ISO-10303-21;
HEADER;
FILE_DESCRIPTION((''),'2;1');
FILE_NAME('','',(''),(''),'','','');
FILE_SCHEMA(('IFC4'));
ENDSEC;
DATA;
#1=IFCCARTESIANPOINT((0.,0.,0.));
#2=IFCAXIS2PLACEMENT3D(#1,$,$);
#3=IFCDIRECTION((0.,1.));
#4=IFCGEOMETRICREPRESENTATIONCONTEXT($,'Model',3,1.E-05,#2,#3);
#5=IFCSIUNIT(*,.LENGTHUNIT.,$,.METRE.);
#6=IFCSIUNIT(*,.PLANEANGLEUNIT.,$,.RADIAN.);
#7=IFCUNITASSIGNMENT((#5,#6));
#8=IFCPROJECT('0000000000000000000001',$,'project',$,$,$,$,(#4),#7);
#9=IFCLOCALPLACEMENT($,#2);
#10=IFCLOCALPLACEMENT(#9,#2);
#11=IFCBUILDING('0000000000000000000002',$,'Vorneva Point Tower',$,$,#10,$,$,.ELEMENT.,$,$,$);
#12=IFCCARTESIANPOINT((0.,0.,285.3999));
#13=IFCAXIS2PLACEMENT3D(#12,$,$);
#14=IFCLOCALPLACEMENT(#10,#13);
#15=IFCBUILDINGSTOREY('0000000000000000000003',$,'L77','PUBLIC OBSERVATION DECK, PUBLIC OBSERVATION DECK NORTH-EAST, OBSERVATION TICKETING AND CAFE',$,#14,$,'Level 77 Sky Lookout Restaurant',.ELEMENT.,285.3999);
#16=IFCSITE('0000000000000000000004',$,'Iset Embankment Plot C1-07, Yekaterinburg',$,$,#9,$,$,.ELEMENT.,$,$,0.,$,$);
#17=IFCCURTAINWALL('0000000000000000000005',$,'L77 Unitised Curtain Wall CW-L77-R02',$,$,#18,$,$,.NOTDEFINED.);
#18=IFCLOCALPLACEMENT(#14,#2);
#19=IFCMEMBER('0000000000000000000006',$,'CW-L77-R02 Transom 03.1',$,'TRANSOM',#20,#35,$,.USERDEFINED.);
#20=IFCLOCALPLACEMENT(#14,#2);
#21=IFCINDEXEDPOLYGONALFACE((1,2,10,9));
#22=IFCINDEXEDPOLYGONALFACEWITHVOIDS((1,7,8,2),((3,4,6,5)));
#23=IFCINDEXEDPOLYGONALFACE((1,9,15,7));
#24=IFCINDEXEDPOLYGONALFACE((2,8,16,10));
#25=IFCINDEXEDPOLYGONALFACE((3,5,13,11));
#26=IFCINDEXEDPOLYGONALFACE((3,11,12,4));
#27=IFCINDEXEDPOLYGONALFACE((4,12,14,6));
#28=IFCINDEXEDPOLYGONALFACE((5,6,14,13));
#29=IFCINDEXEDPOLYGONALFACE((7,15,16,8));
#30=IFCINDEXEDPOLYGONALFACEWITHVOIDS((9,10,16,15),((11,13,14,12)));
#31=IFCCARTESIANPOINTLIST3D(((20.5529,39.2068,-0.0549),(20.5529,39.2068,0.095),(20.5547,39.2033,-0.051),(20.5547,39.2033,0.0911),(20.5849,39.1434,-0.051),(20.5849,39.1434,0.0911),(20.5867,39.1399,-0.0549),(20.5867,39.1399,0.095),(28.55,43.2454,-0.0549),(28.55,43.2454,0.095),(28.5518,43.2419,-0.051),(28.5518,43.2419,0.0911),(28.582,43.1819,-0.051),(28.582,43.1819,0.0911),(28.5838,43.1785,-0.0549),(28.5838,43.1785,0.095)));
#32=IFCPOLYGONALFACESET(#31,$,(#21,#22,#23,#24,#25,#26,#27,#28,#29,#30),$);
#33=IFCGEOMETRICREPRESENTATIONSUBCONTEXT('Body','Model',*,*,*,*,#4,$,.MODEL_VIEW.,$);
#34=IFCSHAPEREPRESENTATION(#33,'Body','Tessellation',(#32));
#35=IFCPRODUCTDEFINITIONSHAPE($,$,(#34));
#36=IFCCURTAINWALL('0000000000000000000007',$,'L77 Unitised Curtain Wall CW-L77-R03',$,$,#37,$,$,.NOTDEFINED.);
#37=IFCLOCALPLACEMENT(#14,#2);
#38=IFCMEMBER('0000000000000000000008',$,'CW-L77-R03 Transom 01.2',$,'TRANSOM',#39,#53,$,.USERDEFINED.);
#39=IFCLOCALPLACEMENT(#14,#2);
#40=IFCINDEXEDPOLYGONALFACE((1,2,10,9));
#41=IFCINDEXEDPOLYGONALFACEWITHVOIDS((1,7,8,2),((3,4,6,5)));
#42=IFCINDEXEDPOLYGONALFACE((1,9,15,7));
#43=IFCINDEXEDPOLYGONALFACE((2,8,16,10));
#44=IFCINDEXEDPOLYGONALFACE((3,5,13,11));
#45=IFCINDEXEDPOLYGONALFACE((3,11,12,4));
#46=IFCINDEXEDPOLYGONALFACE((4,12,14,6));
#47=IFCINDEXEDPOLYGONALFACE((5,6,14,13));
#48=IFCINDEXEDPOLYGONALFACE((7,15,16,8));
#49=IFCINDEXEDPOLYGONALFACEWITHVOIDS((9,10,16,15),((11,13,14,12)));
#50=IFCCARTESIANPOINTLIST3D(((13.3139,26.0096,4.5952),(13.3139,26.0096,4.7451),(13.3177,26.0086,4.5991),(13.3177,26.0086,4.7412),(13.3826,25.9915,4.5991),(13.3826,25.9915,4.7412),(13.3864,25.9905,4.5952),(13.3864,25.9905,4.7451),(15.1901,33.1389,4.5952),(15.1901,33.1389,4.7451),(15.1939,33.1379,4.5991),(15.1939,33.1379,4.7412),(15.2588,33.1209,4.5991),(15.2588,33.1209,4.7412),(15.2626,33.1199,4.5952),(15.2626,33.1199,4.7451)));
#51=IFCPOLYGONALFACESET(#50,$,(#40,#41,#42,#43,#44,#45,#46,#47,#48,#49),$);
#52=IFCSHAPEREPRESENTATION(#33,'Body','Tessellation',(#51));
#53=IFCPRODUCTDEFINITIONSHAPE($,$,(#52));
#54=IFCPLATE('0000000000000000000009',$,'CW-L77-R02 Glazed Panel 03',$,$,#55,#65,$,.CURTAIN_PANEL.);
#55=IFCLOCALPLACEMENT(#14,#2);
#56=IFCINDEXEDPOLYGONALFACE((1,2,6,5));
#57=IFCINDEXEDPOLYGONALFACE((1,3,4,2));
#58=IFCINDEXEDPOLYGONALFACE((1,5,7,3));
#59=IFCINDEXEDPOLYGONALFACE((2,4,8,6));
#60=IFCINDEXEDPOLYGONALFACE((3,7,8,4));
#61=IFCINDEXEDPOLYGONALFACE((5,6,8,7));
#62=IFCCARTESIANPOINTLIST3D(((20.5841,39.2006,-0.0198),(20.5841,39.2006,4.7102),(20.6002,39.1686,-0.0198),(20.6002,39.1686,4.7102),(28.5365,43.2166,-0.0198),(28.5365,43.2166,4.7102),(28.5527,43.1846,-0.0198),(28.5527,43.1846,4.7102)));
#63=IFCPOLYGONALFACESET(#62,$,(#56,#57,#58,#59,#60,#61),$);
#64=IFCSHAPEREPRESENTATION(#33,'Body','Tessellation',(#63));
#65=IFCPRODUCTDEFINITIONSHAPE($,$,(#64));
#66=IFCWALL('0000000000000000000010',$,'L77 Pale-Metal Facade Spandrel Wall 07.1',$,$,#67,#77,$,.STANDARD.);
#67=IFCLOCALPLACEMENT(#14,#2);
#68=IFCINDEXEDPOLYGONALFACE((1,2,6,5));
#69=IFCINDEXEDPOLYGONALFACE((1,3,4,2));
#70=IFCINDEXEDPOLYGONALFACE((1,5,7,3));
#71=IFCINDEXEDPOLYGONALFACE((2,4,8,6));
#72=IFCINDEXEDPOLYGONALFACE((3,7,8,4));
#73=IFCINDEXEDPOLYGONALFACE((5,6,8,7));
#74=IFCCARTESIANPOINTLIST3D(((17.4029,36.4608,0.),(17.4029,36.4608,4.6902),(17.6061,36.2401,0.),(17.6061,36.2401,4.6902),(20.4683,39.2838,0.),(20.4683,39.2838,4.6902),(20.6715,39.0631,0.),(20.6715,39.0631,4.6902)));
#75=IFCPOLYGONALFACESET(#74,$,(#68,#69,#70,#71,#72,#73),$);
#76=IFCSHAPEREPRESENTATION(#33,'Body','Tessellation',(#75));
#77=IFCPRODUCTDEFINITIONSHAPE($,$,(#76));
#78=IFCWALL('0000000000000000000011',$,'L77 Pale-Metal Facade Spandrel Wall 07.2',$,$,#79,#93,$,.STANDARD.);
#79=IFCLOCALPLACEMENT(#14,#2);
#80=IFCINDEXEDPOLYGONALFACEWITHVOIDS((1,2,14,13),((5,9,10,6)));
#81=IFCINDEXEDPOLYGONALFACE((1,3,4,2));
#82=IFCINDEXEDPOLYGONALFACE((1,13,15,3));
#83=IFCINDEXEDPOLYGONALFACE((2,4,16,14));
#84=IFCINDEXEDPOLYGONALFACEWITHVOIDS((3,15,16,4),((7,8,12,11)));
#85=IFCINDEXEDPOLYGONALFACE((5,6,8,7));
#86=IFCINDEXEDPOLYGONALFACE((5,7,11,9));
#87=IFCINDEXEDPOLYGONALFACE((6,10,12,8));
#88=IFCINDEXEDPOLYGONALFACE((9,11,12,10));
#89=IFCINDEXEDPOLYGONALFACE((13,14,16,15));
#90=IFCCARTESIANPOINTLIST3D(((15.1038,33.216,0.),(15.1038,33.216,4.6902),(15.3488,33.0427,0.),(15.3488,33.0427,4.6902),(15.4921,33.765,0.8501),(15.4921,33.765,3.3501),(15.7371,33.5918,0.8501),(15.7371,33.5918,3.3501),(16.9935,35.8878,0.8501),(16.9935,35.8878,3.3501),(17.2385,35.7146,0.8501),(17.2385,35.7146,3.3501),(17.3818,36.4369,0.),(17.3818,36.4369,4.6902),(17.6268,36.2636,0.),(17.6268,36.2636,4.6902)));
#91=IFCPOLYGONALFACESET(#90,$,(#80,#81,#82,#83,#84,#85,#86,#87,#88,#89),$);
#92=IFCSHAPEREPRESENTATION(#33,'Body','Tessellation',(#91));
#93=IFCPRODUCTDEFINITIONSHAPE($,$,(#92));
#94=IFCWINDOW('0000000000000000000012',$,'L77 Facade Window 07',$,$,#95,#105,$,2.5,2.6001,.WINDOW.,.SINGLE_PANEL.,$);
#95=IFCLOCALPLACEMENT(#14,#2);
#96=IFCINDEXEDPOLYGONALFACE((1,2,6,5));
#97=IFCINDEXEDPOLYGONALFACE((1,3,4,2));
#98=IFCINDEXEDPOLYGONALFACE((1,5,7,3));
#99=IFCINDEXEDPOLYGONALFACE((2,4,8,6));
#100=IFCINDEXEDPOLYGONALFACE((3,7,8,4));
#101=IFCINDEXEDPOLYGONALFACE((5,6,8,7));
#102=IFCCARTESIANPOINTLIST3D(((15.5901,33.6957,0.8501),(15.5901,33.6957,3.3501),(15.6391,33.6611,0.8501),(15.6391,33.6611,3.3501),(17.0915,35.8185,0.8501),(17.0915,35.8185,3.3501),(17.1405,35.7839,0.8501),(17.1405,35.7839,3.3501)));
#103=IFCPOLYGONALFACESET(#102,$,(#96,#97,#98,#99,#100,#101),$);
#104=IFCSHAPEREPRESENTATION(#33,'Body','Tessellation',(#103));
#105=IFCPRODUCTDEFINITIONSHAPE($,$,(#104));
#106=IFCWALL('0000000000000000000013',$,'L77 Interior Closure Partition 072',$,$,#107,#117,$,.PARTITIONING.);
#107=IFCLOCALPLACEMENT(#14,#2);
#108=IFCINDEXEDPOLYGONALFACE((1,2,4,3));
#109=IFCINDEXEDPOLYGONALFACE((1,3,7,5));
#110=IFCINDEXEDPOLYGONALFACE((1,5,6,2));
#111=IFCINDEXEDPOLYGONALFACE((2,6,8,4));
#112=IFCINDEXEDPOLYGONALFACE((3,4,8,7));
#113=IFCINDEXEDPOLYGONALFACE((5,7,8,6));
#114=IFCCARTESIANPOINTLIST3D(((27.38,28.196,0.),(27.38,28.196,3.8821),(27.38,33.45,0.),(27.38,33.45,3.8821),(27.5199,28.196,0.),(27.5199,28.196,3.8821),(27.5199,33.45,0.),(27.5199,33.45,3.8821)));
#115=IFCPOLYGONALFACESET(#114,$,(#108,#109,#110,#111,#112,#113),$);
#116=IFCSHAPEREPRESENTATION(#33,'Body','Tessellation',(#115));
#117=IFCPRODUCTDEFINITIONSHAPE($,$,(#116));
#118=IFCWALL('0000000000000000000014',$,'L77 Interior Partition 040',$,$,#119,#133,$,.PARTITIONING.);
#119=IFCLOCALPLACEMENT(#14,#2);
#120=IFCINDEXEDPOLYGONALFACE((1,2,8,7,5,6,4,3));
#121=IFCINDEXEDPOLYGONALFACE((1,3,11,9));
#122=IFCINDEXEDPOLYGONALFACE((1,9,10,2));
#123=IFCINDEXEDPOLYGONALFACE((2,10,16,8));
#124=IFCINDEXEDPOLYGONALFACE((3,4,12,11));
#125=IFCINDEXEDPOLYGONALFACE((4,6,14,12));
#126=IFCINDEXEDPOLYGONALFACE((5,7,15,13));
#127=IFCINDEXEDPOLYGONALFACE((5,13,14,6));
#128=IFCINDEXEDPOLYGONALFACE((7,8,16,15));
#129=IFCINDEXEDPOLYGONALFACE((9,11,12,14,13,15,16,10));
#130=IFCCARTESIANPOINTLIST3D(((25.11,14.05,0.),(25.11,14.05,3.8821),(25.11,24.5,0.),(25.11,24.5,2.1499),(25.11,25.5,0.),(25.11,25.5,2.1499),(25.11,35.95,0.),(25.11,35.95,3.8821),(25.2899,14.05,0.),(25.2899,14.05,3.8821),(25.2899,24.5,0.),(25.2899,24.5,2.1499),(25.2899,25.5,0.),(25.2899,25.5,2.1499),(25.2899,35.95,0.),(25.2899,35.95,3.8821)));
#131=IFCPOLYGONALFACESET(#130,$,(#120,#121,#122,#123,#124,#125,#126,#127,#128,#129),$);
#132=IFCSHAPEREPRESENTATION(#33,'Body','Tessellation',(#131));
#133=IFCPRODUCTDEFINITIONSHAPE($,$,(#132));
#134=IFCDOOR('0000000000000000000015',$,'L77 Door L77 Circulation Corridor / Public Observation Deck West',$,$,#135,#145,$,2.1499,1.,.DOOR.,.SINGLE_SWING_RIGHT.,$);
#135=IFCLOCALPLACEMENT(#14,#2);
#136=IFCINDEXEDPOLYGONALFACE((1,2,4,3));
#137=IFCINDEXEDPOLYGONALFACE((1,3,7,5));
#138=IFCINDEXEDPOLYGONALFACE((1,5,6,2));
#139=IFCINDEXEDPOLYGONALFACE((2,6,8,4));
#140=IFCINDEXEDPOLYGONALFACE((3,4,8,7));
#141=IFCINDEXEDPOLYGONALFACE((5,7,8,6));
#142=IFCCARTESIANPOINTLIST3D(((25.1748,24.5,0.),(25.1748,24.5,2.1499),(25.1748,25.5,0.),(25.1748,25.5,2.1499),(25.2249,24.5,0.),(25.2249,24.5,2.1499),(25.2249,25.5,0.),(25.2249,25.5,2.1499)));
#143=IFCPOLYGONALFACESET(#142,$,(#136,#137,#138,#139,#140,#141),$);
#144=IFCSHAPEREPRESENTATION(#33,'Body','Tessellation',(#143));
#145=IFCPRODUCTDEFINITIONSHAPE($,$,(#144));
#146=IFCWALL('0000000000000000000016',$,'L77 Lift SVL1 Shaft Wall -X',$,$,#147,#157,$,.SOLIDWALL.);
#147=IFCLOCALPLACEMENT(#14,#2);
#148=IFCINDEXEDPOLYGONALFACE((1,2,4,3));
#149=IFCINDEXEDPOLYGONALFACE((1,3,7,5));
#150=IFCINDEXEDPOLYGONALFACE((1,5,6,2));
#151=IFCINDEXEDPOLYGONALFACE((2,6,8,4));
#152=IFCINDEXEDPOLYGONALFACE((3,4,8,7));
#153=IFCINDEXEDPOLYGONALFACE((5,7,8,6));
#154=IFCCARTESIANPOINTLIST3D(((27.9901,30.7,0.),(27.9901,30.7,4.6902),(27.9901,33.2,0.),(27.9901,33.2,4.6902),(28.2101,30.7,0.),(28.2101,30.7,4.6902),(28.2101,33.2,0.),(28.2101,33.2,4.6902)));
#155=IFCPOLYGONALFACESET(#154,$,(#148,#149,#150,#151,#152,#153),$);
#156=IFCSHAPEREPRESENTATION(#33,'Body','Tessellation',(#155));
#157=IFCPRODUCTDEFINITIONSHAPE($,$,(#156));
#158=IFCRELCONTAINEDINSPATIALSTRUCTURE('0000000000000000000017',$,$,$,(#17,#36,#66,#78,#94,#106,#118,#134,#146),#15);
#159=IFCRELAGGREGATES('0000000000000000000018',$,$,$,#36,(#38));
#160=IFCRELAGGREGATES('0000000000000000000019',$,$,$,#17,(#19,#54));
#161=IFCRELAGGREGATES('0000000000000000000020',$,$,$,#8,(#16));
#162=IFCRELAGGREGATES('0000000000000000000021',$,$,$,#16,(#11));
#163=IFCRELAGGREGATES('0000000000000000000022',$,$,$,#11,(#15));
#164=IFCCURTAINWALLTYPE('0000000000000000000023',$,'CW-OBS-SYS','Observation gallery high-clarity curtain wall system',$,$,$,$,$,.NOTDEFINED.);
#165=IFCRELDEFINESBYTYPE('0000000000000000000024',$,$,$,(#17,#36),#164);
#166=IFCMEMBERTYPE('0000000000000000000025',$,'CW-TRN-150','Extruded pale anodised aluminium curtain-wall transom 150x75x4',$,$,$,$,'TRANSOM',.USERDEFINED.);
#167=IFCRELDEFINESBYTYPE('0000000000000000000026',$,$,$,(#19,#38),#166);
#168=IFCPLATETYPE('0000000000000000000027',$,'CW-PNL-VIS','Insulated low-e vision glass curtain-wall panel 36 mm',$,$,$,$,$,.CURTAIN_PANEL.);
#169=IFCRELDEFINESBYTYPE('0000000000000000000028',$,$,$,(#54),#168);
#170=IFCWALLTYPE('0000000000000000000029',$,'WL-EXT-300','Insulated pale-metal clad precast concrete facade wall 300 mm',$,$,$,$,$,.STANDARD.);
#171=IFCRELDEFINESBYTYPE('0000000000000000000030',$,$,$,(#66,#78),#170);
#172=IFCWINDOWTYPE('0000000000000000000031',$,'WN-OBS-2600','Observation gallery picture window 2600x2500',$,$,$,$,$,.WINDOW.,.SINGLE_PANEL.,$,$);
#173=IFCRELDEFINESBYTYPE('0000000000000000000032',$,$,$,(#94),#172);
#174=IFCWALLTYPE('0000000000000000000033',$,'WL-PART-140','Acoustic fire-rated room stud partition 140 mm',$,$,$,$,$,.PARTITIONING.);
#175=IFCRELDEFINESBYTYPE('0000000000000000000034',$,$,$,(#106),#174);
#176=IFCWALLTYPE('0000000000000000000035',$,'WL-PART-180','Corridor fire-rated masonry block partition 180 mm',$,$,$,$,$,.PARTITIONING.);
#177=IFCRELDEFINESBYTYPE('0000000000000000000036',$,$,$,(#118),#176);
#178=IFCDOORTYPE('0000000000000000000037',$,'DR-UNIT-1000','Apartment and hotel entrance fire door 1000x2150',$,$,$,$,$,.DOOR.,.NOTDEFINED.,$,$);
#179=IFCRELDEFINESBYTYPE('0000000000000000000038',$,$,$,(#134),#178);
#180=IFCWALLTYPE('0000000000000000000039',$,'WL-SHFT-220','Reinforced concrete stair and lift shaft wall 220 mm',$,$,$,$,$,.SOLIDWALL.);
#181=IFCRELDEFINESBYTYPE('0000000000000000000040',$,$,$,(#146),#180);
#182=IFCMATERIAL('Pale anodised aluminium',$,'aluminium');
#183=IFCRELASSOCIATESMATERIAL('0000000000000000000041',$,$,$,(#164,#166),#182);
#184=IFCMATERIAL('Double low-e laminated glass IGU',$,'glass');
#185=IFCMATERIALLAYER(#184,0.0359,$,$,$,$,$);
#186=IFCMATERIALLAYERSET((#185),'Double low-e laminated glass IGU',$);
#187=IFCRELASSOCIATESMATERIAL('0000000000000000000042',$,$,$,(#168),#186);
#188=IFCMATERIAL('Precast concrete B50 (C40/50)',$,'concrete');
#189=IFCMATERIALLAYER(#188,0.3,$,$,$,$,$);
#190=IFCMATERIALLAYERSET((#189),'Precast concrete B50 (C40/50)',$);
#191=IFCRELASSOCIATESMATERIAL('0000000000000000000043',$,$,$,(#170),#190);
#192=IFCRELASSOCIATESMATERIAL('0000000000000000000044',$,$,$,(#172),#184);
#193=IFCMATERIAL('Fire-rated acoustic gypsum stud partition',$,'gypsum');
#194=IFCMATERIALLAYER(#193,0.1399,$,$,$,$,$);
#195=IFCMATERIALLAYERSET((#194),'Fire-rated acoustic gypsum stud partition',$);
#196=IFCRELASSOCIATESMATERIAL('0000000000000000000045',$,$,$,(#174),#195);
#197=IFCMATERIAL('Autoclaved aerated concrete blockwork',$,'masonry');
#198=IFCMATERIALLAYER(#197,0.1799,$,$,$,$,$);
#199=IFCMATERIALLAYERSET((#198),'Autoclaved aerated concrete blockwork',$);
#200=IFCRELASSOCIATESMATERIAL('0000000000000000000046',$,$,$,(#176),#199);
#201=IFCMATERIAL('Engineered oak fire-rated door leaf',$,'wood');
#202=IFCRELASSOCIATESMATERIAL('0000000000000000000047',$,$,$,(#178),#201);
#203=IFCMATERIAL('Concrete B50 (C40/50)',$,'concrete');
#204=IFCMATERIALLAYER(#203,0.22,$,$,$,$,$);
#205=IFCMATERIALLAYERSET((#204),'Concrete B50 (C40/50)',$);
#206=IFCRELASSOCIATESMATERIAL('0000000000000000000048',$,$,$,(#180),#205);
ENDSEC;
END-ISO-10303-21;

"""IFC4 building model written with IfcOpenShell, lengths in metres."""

from ifc_helpers import new_model, si_unit, direction, frame, frame_2d, origin, origin_2d, place, context, subcontext, project, spatial, rectangle, hollow_rectangle, extrude, material, layer, layer_set, material_profile, profile_set, type_object, element, fill, aggregate, save


model = new_model("IFC4")

# Units and contexts
model_context = context("Model", 3, precision=1e-05, world=origin(), true_north=direction((0.0, 1.0)))
body_context = subcontext(model_context, "Body", "Model", "MODEL_VIEW")
ifc_project = project(units=[si_unit("LENGTHUNIT", "METRE"), si_unit("PLANEANGLEUNIT", "RADIAN")], contexts=[model_context])

# Site, building, storey
site_placement = place(None, origin())
site = spatial("IfcSite", under=ifc_project, at=site_placement, Name="Iset Embankment Plot C1-07, Yekaterinburg", CompositionType="ELEMENT", RefElevation=0.0)
building_placement = place(site_placement, origin())
building = spatial("IfcBuilding", under=site, at=building_placement, Name="Vorneva Point Tower", CompositionType="ELEMENT")
storey_placement = place(building_placement, frame((0.0, 0.0, 285.3999)))
storey = spatial("IfcBuildingStorey", under=building, at=storey_placement, Name="L77", Description="PUBLIC OBSERVATION DECK, PUBLIC OBSERVATION DECK NORTH-EAST, OBSERVATION TICKETING AND CAFE", LongName="Level 77 Sky Lookout Restaurant", CompositionType="ELEMENT", Elevation=285.3999)

# Shared definitions
ifc_material_1 = material(Name="Concrete B50 (C40/50)", Category="concrete")

# Curtain wall, member
ifc_material_2 = material(Name="Pale anodised aluminium", Category="aluminium")
curtain_wall_type = type_object("IfcCurtainWallType", Name="CW-OBS-SYS", Description="Observation gallery high-clarity curtain wall system", PredefinedType="NOTDEFINED", material=ifc_material_2)
curtain_wall_1_placement = place(storey_placement, origin())
curtain_wall_1 = element("IfcCurtainWall", 1, at=curtain_wall_1_placement, inside=storey, type_object=curtain_wall_type, Name="L77 Unitised Curtain Wall CW-L77-R02", PredefinedType="NOTDEFINED")
ifc_material_profile_1 = material_profile(ifc_material_2, hollow_rectangle(XDim=0.075, YDim=0.1499, WallThickness=0.0039, at=origin_2d()), Name="AL-TRN 150x75x4")
ifc_profile_set_1 = profile_set([ifc_material_profile_1], Name="Pale anodised aluminium")
member_type_1 = type_object("IfcMemberType", Name="CW-TRN-150", Description="Extruded pale anodised aluminium curtain-wall transom 150x75x4", ElementType="TRANSOM", PredefinedType="USERDEFINED", material=ifc_profile_set_1)
member_1_placement = place(storey_placement, frame((28.5669, 43.2119, 0.02), z_axis=(-0.892632, -0.450785, 0.0), x_axis=(0.450785, -0.892632, 0.0)))
member_1 = element("IfcMember", 2, at=member_1_placement, type_object=member_type_1, Name="CW-L77-R02 Transom 03.1", ObjectType="TRANSOM", PredefinedType="USERDEFINED", context=body_context, shape_type="SweptSolid", body=[
    extrude(hollow_rectangle(XDim=0.075, YDim=0.1499, WallThickness=0.0039, at=origin_2d()), origin(), (0.0, 0.0, 1.0), 8.959),
])

# Curtain wall, member
curtain_wall_2_placement = place(storey_placement, origin())
curtain_wall_2 = element("IfcCurtainWall", 3, at=curtain_wall_2_placement, inside=storey, type_object=curtain_wall_type, Name="L77 Unitised Curtain Wall CW-L77-R03", PredefinedType="NOTDEFINED")
member_2_placement = place(storey_placement, frame((15.2263, 33.1294, 4.6702), z_axis=(-0.254501, -0.967072, 0.0), x_axis=(0.967072, -0.254501, 0.0)))
member_2 = element("IfcMember", 4, at=member_2_placement, type_object=member_type_1, Name="CW-L77-R03 Transom 01.2", ObjectType="TRANSOM", PredefinedType="USERDEFINED", context=body_context, shape_type="SweptSolid", body=[
    extrude(hollow_rectangle(XDim=0.075, YDim=0.1499, WallThickness=0.0039, at=origin_2d()), origin(), (0.0, 0.0, 1.0), 7.3721),
])
aggregate(curtain_wall_2, [member_2])

# Plate
ifc_material_3 = material(Name="Double low-e laminated glass IGU", Category="glass")
ifc_layer_1 = layer(ifc_material_3, 0.0359)
ifc_layer_set_1 = layer_set([ifc_layer_1], Name="Double low-e laminated glass IGU")
plate_type = type_object("IfcPlateType", Name="CW-PNL-VIS", Description="Insulated low-e vision glass curtain-wall panel 36 mm", PredefinedType="CURTAIN_PANEL", material=ifc_layer_set_1)
plate_placement = place(storey_placement, frame((24.5684, 41.1926, -0.0198), z_axis=(0.0, 0.0, 1.0), x_axis=(-0.892633, -0.450784, 0.0)))
plate = element("IfcPlate", 5, at=plate_placement, type_object=plate_type, Name="CW-L77-R02 Glazed Panel 03", PredefinedType="CURTAIN_PANEL", context=body_context, shape_type="SweptSolid", body=[
    extrude(rectangle(XDim=8.9089, YDim=0.0359, at=origin_2d()), origin(), (0.0, 0.0, 1.0), 4.73),
])
aggregate(curtain_wall_1, [member_1, plate])

# Wall
ifc_material_4 = material(Name="Precast concrete B50 (C40/50)", Category="concrete")
ifc_layer_2 = layer(ifc_material_4, 0.3)
ifc_layer_set_2 = layer_set([ifc_layer_2], Name="Precast concrete B50 (C40/50)")
wall_type_1 = type_object("IfcWallType", Name="WL-EXT-300", Description="Insulated pale-metal clad precast concrete facade wall 300 mm", PredefinedType="STANDARD", material=ifc_layer_set_2)
wall_1_placement = place(storey_placement, frame((20.5698, 39.1733, 0.0), z_axis=(0.0, 0.0, 1.0), x_axis=(-0.735596, -0.677421, 0.0)))
element("IfcWall", 6, at=wall_1_placement, inside=storey, type_object=wall_type_1, Name="L77 Pale-Metal Facade Spandrel Wall 07.1", PredefinedType="STANDARD", context=body_context, shape_type="SweptSolid", body=[
    extrude(rectangle(XDim=4.1672, YDim=0.3, at=frame_2d((2.0835, 0.0))), origin(), (0.0, 0.0, 1.0), 4.6902),
])

# Wall, opening, window
wall_2_placement = place(storey_placement, frame((17.5044, 36.3503, 0.0), z_axis=(0.0, 0.0, 1.0), x_axis=(-0.577439, -0.816434, 0.0)))
wall_2 = element("IfcWall", 7, at=wall_2_placement, inside=storey, type_object=wall_type_1, Name="L77 Pale-Metal Facade Spandrel Wall 07.2", PredefinedType="STANDARD", context=body_context, shape_type="SweptSolid", body=[
    extrude(rectangle(XDim=3.9451, YDim=0.3, at=frame_2d((1.9727, 0.0))), origin(), (0.0, 0.0, 1.0), 4.6902),
])
opening_1_placement = place(wall_2_placement, frame((0.6726, 0.0, 0.8501)))
opening_1 = element("IfcOpeningElement", 8, at=opening_1_placement, cuts=wall_2, PredefinedType="OPENING", context=body_context, shape_type="SweptSolid", body=[
    extrude(rectangle(XDim=2.6001, YDim=2.5, at=frame_2d((1.3, 1.25))), frame((0.0, 0.165, 0.0), z_axis=(0.0, -1.0, 0.0), x_axis=(1.0, 0.0, 0.0)), (0.0, 0.0, 1.0), 0.3298),
])
window_type = type_object("IfcWindowType", Name="WN-OBS-2600", Description="Observation gallery picture window 2600x2500", PartitioningType="SINGLE_PANEL", PredefinedType="WINDOW", material=ifc_material_3)
window_placement = place(opening_1_placement, origin())
window = element("IfcWindow", 9, at=window_placement, inside=storey, type_object=window_type, Name="L77 Facade Window 07", OverallHeight=2.5, OverallWidth=2.6001, PartitioningType="SINGLE_PANEL", PredefinedType="WINDOW", context=body_context, shape_type="SweptSolid", body=[
    extrude(rectangle(XDim=2.6001, YDim=2.5, at=frame_2d((1.3, 1.25))), frame((0.0, 0.03, 0.0), z_axis=(0.0, -1.0, 0.0), x_axis=(1.0, 0.0, 0.0)), (0.0, 0.0, 1.0), 0.0601),
])
fill(opening_1, window)

# Wall
ifc_material_5 = material(Name="Fire-rated acoustic gypsum stud partition", Category="gypsum")
ifc_layer_3 = layer(ifc_material_5, 0.1399)
ifc_layer_set_3 = layer_set([ifc_layer_3], Name="Fire-rated acoustic gypsum stud partition")
wall_type_2 = type_object("IfcWallType", Name="WL-PART-140", Description="Acoustic fire-rated room stud partition 140 mm", PredefinedType="PARTITIONING", material=ifc_layer_set_3)
wall_3_placement = place(storey_placement, frame((27.45, 33.45, 0.0), z_axis=(0.0, 0.0, 1.0), x_axis=(0.0, -1.0, 0.0)))
element("IfcWall", 10, at=wall_3_placement, inside=storey, type_object=wall_type_2, Name="L77 Interior Closure Partition 072", PredefinedType="PARTITIONING", context=body_context, shape_type="SweptSolid", body=[
    extrude(rectangle(XDim=5.2539, YDim=0.1399, at=frame_2d((2.627, 0.0))), origin(), (0.0, 0.0, 1.0), 3.8821),
])

# Wall, opening, door
ifc_material_6 = material(Name="Autoclaved aerated concrete blockwork", Category="masonry")
ifc_layer_4 = layer(ifc_material_6, 0.1799)
ifc_layer_set_4 = layer_set([ifc_layer_4], Name="Autoclaved aerated concrete blockwork")
wall_type_3 = type_object("IfcWallType", Name="WL-PART-180", Description="Corridor fire-rated masonry block partition 180 mm", PredefinedType="PARTITIONING", material=ifc_layer_set_4)
wall_4_placement = place(storey_placement, frame((25.2, 35.95, 0.0), z_axis=(0.0, 0.0, 1.0), x_axis=(0.0, -1.0, 0.0)))
wall_4 = element("IfcWall", 11, at=wall_4_placement, inside=storey, type_object=wall_type_3, Name="L77 Interior Partition 040", PredefinedType="PARTITIONING", context=body_context, shape_type="SweptSolid", body=[
    extrude(rectangle(XDim=21.8999, YDim=0.1799, at=frame_2d((10.95, 0.0))), origin(), (0.0, 0.0, 1.0), 3.8821),
])
opening_2_placement = place(wall_4_placement, frame((10.45, 0.0, 0.0)))
opening_2 = element("IfcOpeningElement", 12, at=opening_2_placement, cuts=wall_4, PredefinedType="OPENING", context=body_context, shape_type="SweptSolid", body=[
    extrude(rectangle(XDim=1.0, YDim=2.1499, at=frame_2d((0.5, 1.075))), frame((0.0, 0.105, 0.0), z_axis=(0.0, -1.0, 0.0), x_axis=(1.0, 0.0, 0.0)), (0.0, 0.0, 1.0), 0.2097),
])
ifc_material_7 = material(Name="Engineered oak fire-rated door leaf", Category="wood")
door_type = type_object("IfcDoorType", Name="DR-UNIT-1000", Description="Apartment and hotel entrance fire door 1000x2150", OperationType="NOTDEFINED", PredefinedType="DOOR", material=ifc_material_7)
door_placement = place(opening_2_placement, origin())
door = element("IfcDoor", 13, at=door_placement, inside=storey, type_object=door_type, Name="L77 Door L77 Circulation Corridor / Public Observation Deck West", OperationType="SINGLE_SWING_RIGHT", OverallHeight=2.1499, OverallWidth=1.0, PredefinedType="DOOR", context=body_context, shape_type="SweptSolid", body=[
    extrude(rectangle(XDim=1.0, YDim=2.1499, at=frame_2d((0.5, 1.075))), frame((0.0, 0.0249, 0.0), z_axis=(0.0, -1.0, 0.0), x_axis=(1.0, 0.0, 0.0)), (0.0, 0.0, 1.0), 0.05),
])
fill(opening_2, door)

# Wall
ifc_layer_5 = layer(ifc_material_1, 0.22)
ifc_layer_set_5 = layer_set([ifc_layer_5], Name="Concrete B50 (C40/50)")
wall_type_4 = type_object("IfcWallType", Name="WL-SHFT-220", Description="Reinforced concrete stair and lift shaft wall 220 mm", PredefinedType="SOLIDWALL", material=ifc_layer_set_5)
wall_5_placement = place(storey_placement, frame((28.1001, 33.2, 0.0), z_axis=(0.0, 0.0, 1.0), x_axis=(0.0, -1.0, 0.0)))
element("IfcWall", 14, at=wall_5_placement, inside=storey, type_object=wall_type_4, Name="L77 Lift SVL1 Shaft Wall -X", PredefinedType="SOLIDWALL", context=body_context, shape_type="SweptSolid", body=[
    extrude(rectangle(XDim=2.5, YDim=0.22, at=frame_2d((1.25, 0.0))), origin(), (0.0, 0.0, 1.0), 4.6902),
])

save(model, "model.ifc")
